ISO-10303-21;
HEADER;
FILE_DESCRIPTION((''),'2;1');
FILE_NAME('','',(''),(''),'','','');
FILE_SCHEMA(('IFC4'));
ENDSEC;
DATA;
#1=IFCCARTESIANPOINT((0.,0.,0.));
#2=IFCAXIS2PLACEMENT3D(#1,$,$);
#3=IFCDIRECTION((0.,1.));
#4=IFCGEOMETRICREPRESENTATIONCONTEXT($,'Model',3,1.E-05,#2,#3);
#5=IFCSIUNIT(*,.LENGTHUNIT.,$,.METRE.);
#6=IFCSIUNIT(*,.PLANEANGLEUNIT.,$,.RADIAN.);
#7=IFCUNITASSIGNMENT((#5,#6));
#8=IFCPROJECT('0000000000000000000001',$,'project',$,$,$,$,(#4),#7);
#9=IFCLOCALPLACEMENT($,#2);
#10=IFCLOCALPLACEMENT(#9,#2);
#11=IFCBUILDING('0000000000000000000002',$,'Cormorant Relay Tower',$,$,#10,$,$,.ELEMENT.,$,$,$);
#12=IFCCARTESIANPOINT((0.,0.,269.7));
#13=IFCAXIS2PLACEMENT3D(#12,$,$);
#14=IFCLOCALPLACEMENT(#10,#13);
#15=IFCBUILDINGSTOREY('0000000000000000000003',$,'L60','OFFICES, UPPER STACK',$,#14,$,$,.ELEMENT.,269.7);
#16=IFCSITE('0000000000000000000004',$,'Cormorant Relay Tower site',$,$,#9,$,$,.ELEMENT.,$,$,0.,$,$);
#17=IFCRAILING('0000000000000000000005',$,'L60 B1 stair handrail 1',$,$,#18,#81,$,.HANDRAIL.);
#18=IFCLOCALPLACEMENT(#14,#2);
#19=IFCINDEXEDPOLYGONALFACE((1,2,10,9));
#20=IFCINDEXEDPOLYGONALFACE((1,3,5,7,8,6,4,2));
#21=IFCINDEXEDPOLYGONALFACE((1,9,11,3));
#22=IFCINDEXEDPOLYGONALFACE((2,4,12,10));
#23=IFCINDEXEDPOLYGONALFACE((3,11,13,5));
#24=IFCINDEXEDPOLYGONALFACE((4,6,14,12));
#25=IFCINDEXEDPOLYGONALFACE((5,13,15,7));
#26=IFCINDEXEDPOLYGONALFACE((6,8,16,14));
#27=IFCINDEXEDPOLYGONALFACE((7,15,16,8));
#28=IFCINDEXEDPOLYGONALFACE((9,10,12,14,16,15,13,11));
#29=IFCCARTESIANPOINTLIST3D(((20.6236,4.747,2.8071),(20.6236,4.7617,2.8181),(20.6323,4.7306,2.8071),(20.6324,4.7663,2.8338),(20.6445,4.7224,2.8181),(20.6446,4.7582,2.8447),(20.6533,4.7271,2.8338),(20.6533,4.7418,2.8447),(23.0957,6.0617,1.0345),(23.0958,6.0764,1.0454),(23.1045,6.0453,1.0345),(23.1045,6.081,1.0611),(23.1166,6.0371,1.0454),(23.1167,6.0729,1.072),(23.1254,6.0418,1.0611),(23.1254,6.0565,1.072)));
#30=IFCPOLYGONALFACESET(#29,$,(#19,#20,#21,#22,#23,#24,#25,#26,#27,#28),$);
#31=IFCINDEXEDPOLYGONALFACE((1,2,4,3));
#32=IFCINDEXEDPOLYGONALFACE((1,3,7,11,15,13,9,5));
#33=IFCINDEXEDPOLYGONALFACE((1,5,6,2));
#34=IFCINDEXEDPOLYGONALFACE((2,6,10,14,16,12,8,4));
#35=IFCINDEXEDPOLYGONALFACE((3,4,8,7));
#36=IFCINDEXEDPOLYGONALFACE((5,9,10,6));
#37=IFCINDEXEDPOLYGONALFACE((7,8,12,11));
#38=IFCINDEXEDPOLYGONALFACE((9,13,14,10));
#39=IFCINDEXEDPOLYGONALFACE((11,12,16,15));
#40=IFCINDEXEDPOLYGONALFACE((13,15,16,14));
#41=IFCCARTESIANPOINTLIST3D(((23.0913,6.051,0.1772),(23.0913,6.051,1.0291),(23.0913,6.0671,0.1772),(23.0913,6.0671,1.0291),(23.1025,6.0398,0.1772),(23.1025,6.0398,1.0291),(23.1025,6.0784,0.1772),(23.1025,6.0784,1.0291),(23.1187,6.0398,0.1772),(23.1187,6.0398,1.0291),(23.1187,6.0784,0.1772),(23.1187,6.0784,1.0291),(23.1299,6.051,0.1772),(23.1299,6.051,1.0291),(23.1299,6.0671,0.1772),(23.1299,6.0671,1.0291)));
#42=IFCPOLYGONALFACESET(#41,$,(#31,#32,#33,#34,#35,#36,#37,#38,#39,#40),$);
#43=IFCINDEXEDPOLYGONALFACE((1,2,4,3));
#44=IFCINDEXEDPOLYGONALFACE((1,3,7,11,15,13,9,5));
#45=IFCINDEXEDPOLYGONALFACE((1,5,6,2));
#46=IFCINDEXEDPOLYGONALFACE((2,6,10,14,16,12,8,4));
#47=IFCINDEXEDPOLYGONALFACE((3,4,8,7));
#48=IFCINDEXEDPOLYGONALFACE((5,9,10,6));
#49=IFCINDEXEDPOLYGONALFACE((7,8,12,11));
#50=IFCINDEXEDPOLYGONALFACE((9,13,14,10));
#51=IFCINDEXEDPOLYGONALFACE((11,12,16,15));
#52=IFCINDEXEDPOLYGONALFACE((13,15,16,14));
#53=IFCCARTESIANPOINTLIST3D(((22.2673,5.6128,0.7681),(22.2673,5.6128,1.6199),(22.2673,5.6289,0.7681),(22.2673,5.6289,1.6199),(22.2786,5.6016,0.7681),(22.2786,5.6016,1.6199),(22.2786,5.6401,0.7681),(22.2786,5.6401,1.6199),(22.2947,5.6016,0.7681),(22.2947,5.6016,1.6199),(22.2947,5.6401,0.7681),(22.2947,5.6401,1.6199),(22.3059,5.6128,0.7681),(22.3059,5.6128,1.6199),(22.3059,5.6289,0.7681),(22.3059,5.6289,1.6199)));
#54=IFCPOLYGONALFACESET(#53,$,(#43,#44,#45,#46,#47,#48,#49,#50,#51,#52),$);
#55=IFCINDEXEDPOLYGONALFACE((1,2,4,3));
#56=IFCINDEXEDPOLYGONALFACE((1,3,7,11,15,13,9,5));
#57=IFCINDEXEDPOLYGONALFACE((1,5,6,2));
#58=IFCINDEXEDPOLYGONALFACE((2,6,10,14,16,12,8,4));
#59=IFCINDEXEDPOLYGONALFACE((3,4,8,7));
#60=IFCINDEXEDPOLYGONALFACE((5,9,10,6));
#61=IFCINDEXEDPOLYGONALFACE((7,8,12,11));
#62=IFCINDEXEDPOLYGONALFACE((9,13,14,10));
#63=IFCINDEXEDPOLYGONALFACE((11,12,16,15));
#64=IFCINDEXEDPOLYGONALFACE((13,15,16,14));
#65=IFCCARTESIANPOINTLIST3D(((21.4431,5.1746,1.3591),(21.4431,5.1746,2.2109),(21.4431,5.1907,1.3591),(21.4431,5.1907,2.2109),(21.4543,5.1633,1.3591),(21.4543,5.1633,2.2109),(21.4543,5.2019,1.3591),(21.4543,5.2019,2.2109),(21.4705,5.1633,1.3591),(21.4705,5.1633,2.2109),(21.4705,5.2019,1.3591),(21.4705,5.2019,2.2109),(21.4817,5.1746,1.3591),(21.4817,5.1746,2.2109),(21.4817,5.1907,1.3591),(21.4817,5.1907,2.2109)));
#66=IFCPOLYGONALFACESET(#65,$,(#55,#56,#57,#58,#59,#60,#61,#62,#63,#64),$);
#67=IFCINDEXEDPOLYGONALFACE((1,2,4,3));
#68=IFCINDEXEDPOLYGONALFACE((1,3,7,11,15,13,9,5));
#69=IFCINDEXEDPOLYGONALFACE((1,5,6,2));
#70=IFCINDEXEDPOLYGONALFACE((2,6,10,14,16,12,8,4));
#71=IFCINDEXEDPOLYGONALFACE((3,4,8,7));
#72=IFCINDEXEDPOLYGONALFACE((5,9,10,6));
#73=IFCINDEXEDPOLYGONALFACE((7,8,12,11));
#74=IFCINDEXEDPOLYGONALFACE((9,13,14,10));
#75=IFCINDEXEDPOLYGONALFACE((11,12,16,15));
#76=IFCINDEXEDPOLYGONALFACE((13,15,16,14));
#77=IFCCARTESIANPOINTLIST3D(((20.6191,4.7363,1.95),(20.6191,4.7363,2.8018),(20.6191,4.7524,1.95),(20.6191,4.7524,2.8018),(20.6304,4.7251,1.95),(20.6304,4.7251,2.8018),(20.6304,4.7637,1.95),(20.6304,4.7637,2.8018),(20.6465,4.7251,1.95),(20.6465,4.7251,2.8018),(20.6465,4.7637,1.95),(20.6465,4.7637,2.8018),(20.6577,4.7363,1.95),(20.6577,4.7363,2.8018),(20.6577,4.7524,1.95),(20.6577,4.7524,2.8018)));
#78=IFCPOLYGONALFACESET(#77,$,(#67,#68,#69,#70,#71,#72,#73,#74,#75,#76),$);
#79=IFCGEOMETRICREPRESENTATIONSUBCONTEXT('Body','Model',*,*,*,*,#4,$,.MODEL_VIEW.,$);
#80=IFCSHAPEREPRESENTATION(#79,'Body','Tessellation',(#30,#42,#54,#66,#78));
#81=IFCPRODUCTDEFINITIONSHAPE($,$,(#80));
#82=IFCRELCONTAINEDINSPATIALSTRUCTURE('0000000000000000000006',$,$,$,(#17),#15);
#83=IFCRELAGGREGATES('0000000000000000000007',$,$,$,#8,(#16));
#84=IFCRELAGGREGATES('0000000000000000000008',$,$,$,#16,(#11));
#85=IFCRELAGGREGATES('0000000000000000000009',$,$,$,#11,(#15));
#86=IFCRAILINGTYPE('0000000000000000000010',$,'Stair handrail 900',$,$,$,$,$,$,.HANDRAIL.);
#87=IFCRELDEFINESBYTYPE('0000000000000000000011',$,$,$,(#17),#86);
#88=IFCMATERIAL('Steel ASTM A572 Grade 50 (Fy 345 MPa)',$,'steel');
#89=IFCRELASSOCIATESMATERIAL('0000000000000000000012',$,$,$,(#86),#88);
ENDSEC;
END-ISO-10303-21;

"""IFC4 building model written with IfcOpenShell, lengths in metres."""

from ifc_helpers import new_model, si_unit, direction, frame, origin, place, context, subcontext, project, spatial, polyline, outline, extrude, material, type_object, element, save


model = new_model("IFC4")

# Units and contexts
model_context = context("Model", 3, precision=1e-05, world=origin(), true_north=direction((0.0, 1.0)))
body_context = subcontext(model_context, "Body", "Model", "MODEL_VIEW")
ifc_project = project(units=[si_unit("LENGTHUNIT", "METRE"), si_unit("PLANEANGLEUNIT", "RADIAN")], contexts=[model_context])

# Site, building, storey
site_placement = place(None, origin())
site = spatial("IfcSite", under=ifc_project, at=site_placement, Name="Cormorant Relay Tower site", CompositionType="ELEMENT", RefElevation=0.0)
building_placement = place(site_placement, origin())
building = spatial("IfcBuilding", under=site, at=building_placement, Name="Cormorant Relay Tower", CompositionType="ELEMENT")
storey_placement = place(building_placement, frame((0.0, 0.0, 269.7)))
storey = spatial("IfcBuildingStorey", under=building, at=storey_placement, Name="L60", Description="OFFICES, UPPER STACK", CompositionType="ELEMENT", Elevation=269.7)

# Railing
ifc_material_1 = material(Name="Steel ASTM A572 Grade 50 (Fy 345 MPa)", Category="steel")
railing_type = type_object("IfcRailingType", Name="Stair handrail 900", PredefinedType="HANDRAIL", material=ifc_material_1)
railing_placement = place(storey_placement, frame((23.1106, 6.0591, 0.1772)))
element("IfcRailing", 1, at=railing_placement, inside=storey, type_object=railing_type, Name="L60 B1 stair handrail 1", PredefinedType="HANDRAIL", context=body_context, shape_type="SweptSolid", body=[
    extrude(outline(polyline([(0.0222, 0.0093), (0.0093, 0.0222), (-0.0093, 0.0222), (-0.0222, 0.0093), (-0.0222, -0.0093), (-0.0093, -0.0222), (0.0093, -0.0222), (0.0222, -0.0093), (0.0222, 0.0093)])), frame((0.0, 0.0, 0.876), z_axis=(-0.745979, -0.396711, 0.534916), x_axis=(0.469533, -0.882915, 0.0)), (0.0, 0.0, 1.0), 3.314),
    extrude(outline(polyline([(0.0193, 0.0081), (0.0081, 0.0193), (-0.0081, 0.0193), (-0.0193, 0.0081), (-0.0193, -0.0081), (-0.0081, -0.0193), (0.0081, -0.0193), (0.0193, -0.0081), (0.0193, 0.0081)])), origin(), (0.0, 0.0, 1.0), 0.8518),
    extrude(outline(polyline([(0.0193, 0.0081), (0.0081, 0.0193), (-0.0081, 0.0193), (-0.0193, 0.0081), (-0.0193, -0.0081), (-0.0081, -0.0193), (0.0081, -0.0193), (0.0193, -0.0081), (0.0193, 0.0081)])), frame((-0.824, -0.4382, 0.5908)), (0.0, 0.0, 1.0), 0.8518),
    extrude(outline(polyline([(0.0193, 0.0081), (0.0081, 0.0193), (-0.0081, 0.0193), (-0.0193, 0.0081), (-0.0193, -0.0081), (-0.0081, -0.0193), (0.0081, -0.0193), (0.0193, -0.0081), (0.0193, 0.0081)])), frame((-1.6482, -0.8765, 1.1819)), (0.0, 0.0, 1.0), 0.8518),
    extrude(outline(polyline([(0.0193, 0.0081), (0.0081, 0.0193), (-0.0081, 0.0193), (-0.0193, 0.0081), (-0.0193, -0.0081), (-0.0081, -0.0193), (0.0081, -0.0193), (0.0193, -0.0081), (0.0193, 0.0081)])), frame((-2.4722, -1.3147, 1.7727)), (0.0, 0.0, 1.0), 0.8518),
])

save(model, "model.ifc")
